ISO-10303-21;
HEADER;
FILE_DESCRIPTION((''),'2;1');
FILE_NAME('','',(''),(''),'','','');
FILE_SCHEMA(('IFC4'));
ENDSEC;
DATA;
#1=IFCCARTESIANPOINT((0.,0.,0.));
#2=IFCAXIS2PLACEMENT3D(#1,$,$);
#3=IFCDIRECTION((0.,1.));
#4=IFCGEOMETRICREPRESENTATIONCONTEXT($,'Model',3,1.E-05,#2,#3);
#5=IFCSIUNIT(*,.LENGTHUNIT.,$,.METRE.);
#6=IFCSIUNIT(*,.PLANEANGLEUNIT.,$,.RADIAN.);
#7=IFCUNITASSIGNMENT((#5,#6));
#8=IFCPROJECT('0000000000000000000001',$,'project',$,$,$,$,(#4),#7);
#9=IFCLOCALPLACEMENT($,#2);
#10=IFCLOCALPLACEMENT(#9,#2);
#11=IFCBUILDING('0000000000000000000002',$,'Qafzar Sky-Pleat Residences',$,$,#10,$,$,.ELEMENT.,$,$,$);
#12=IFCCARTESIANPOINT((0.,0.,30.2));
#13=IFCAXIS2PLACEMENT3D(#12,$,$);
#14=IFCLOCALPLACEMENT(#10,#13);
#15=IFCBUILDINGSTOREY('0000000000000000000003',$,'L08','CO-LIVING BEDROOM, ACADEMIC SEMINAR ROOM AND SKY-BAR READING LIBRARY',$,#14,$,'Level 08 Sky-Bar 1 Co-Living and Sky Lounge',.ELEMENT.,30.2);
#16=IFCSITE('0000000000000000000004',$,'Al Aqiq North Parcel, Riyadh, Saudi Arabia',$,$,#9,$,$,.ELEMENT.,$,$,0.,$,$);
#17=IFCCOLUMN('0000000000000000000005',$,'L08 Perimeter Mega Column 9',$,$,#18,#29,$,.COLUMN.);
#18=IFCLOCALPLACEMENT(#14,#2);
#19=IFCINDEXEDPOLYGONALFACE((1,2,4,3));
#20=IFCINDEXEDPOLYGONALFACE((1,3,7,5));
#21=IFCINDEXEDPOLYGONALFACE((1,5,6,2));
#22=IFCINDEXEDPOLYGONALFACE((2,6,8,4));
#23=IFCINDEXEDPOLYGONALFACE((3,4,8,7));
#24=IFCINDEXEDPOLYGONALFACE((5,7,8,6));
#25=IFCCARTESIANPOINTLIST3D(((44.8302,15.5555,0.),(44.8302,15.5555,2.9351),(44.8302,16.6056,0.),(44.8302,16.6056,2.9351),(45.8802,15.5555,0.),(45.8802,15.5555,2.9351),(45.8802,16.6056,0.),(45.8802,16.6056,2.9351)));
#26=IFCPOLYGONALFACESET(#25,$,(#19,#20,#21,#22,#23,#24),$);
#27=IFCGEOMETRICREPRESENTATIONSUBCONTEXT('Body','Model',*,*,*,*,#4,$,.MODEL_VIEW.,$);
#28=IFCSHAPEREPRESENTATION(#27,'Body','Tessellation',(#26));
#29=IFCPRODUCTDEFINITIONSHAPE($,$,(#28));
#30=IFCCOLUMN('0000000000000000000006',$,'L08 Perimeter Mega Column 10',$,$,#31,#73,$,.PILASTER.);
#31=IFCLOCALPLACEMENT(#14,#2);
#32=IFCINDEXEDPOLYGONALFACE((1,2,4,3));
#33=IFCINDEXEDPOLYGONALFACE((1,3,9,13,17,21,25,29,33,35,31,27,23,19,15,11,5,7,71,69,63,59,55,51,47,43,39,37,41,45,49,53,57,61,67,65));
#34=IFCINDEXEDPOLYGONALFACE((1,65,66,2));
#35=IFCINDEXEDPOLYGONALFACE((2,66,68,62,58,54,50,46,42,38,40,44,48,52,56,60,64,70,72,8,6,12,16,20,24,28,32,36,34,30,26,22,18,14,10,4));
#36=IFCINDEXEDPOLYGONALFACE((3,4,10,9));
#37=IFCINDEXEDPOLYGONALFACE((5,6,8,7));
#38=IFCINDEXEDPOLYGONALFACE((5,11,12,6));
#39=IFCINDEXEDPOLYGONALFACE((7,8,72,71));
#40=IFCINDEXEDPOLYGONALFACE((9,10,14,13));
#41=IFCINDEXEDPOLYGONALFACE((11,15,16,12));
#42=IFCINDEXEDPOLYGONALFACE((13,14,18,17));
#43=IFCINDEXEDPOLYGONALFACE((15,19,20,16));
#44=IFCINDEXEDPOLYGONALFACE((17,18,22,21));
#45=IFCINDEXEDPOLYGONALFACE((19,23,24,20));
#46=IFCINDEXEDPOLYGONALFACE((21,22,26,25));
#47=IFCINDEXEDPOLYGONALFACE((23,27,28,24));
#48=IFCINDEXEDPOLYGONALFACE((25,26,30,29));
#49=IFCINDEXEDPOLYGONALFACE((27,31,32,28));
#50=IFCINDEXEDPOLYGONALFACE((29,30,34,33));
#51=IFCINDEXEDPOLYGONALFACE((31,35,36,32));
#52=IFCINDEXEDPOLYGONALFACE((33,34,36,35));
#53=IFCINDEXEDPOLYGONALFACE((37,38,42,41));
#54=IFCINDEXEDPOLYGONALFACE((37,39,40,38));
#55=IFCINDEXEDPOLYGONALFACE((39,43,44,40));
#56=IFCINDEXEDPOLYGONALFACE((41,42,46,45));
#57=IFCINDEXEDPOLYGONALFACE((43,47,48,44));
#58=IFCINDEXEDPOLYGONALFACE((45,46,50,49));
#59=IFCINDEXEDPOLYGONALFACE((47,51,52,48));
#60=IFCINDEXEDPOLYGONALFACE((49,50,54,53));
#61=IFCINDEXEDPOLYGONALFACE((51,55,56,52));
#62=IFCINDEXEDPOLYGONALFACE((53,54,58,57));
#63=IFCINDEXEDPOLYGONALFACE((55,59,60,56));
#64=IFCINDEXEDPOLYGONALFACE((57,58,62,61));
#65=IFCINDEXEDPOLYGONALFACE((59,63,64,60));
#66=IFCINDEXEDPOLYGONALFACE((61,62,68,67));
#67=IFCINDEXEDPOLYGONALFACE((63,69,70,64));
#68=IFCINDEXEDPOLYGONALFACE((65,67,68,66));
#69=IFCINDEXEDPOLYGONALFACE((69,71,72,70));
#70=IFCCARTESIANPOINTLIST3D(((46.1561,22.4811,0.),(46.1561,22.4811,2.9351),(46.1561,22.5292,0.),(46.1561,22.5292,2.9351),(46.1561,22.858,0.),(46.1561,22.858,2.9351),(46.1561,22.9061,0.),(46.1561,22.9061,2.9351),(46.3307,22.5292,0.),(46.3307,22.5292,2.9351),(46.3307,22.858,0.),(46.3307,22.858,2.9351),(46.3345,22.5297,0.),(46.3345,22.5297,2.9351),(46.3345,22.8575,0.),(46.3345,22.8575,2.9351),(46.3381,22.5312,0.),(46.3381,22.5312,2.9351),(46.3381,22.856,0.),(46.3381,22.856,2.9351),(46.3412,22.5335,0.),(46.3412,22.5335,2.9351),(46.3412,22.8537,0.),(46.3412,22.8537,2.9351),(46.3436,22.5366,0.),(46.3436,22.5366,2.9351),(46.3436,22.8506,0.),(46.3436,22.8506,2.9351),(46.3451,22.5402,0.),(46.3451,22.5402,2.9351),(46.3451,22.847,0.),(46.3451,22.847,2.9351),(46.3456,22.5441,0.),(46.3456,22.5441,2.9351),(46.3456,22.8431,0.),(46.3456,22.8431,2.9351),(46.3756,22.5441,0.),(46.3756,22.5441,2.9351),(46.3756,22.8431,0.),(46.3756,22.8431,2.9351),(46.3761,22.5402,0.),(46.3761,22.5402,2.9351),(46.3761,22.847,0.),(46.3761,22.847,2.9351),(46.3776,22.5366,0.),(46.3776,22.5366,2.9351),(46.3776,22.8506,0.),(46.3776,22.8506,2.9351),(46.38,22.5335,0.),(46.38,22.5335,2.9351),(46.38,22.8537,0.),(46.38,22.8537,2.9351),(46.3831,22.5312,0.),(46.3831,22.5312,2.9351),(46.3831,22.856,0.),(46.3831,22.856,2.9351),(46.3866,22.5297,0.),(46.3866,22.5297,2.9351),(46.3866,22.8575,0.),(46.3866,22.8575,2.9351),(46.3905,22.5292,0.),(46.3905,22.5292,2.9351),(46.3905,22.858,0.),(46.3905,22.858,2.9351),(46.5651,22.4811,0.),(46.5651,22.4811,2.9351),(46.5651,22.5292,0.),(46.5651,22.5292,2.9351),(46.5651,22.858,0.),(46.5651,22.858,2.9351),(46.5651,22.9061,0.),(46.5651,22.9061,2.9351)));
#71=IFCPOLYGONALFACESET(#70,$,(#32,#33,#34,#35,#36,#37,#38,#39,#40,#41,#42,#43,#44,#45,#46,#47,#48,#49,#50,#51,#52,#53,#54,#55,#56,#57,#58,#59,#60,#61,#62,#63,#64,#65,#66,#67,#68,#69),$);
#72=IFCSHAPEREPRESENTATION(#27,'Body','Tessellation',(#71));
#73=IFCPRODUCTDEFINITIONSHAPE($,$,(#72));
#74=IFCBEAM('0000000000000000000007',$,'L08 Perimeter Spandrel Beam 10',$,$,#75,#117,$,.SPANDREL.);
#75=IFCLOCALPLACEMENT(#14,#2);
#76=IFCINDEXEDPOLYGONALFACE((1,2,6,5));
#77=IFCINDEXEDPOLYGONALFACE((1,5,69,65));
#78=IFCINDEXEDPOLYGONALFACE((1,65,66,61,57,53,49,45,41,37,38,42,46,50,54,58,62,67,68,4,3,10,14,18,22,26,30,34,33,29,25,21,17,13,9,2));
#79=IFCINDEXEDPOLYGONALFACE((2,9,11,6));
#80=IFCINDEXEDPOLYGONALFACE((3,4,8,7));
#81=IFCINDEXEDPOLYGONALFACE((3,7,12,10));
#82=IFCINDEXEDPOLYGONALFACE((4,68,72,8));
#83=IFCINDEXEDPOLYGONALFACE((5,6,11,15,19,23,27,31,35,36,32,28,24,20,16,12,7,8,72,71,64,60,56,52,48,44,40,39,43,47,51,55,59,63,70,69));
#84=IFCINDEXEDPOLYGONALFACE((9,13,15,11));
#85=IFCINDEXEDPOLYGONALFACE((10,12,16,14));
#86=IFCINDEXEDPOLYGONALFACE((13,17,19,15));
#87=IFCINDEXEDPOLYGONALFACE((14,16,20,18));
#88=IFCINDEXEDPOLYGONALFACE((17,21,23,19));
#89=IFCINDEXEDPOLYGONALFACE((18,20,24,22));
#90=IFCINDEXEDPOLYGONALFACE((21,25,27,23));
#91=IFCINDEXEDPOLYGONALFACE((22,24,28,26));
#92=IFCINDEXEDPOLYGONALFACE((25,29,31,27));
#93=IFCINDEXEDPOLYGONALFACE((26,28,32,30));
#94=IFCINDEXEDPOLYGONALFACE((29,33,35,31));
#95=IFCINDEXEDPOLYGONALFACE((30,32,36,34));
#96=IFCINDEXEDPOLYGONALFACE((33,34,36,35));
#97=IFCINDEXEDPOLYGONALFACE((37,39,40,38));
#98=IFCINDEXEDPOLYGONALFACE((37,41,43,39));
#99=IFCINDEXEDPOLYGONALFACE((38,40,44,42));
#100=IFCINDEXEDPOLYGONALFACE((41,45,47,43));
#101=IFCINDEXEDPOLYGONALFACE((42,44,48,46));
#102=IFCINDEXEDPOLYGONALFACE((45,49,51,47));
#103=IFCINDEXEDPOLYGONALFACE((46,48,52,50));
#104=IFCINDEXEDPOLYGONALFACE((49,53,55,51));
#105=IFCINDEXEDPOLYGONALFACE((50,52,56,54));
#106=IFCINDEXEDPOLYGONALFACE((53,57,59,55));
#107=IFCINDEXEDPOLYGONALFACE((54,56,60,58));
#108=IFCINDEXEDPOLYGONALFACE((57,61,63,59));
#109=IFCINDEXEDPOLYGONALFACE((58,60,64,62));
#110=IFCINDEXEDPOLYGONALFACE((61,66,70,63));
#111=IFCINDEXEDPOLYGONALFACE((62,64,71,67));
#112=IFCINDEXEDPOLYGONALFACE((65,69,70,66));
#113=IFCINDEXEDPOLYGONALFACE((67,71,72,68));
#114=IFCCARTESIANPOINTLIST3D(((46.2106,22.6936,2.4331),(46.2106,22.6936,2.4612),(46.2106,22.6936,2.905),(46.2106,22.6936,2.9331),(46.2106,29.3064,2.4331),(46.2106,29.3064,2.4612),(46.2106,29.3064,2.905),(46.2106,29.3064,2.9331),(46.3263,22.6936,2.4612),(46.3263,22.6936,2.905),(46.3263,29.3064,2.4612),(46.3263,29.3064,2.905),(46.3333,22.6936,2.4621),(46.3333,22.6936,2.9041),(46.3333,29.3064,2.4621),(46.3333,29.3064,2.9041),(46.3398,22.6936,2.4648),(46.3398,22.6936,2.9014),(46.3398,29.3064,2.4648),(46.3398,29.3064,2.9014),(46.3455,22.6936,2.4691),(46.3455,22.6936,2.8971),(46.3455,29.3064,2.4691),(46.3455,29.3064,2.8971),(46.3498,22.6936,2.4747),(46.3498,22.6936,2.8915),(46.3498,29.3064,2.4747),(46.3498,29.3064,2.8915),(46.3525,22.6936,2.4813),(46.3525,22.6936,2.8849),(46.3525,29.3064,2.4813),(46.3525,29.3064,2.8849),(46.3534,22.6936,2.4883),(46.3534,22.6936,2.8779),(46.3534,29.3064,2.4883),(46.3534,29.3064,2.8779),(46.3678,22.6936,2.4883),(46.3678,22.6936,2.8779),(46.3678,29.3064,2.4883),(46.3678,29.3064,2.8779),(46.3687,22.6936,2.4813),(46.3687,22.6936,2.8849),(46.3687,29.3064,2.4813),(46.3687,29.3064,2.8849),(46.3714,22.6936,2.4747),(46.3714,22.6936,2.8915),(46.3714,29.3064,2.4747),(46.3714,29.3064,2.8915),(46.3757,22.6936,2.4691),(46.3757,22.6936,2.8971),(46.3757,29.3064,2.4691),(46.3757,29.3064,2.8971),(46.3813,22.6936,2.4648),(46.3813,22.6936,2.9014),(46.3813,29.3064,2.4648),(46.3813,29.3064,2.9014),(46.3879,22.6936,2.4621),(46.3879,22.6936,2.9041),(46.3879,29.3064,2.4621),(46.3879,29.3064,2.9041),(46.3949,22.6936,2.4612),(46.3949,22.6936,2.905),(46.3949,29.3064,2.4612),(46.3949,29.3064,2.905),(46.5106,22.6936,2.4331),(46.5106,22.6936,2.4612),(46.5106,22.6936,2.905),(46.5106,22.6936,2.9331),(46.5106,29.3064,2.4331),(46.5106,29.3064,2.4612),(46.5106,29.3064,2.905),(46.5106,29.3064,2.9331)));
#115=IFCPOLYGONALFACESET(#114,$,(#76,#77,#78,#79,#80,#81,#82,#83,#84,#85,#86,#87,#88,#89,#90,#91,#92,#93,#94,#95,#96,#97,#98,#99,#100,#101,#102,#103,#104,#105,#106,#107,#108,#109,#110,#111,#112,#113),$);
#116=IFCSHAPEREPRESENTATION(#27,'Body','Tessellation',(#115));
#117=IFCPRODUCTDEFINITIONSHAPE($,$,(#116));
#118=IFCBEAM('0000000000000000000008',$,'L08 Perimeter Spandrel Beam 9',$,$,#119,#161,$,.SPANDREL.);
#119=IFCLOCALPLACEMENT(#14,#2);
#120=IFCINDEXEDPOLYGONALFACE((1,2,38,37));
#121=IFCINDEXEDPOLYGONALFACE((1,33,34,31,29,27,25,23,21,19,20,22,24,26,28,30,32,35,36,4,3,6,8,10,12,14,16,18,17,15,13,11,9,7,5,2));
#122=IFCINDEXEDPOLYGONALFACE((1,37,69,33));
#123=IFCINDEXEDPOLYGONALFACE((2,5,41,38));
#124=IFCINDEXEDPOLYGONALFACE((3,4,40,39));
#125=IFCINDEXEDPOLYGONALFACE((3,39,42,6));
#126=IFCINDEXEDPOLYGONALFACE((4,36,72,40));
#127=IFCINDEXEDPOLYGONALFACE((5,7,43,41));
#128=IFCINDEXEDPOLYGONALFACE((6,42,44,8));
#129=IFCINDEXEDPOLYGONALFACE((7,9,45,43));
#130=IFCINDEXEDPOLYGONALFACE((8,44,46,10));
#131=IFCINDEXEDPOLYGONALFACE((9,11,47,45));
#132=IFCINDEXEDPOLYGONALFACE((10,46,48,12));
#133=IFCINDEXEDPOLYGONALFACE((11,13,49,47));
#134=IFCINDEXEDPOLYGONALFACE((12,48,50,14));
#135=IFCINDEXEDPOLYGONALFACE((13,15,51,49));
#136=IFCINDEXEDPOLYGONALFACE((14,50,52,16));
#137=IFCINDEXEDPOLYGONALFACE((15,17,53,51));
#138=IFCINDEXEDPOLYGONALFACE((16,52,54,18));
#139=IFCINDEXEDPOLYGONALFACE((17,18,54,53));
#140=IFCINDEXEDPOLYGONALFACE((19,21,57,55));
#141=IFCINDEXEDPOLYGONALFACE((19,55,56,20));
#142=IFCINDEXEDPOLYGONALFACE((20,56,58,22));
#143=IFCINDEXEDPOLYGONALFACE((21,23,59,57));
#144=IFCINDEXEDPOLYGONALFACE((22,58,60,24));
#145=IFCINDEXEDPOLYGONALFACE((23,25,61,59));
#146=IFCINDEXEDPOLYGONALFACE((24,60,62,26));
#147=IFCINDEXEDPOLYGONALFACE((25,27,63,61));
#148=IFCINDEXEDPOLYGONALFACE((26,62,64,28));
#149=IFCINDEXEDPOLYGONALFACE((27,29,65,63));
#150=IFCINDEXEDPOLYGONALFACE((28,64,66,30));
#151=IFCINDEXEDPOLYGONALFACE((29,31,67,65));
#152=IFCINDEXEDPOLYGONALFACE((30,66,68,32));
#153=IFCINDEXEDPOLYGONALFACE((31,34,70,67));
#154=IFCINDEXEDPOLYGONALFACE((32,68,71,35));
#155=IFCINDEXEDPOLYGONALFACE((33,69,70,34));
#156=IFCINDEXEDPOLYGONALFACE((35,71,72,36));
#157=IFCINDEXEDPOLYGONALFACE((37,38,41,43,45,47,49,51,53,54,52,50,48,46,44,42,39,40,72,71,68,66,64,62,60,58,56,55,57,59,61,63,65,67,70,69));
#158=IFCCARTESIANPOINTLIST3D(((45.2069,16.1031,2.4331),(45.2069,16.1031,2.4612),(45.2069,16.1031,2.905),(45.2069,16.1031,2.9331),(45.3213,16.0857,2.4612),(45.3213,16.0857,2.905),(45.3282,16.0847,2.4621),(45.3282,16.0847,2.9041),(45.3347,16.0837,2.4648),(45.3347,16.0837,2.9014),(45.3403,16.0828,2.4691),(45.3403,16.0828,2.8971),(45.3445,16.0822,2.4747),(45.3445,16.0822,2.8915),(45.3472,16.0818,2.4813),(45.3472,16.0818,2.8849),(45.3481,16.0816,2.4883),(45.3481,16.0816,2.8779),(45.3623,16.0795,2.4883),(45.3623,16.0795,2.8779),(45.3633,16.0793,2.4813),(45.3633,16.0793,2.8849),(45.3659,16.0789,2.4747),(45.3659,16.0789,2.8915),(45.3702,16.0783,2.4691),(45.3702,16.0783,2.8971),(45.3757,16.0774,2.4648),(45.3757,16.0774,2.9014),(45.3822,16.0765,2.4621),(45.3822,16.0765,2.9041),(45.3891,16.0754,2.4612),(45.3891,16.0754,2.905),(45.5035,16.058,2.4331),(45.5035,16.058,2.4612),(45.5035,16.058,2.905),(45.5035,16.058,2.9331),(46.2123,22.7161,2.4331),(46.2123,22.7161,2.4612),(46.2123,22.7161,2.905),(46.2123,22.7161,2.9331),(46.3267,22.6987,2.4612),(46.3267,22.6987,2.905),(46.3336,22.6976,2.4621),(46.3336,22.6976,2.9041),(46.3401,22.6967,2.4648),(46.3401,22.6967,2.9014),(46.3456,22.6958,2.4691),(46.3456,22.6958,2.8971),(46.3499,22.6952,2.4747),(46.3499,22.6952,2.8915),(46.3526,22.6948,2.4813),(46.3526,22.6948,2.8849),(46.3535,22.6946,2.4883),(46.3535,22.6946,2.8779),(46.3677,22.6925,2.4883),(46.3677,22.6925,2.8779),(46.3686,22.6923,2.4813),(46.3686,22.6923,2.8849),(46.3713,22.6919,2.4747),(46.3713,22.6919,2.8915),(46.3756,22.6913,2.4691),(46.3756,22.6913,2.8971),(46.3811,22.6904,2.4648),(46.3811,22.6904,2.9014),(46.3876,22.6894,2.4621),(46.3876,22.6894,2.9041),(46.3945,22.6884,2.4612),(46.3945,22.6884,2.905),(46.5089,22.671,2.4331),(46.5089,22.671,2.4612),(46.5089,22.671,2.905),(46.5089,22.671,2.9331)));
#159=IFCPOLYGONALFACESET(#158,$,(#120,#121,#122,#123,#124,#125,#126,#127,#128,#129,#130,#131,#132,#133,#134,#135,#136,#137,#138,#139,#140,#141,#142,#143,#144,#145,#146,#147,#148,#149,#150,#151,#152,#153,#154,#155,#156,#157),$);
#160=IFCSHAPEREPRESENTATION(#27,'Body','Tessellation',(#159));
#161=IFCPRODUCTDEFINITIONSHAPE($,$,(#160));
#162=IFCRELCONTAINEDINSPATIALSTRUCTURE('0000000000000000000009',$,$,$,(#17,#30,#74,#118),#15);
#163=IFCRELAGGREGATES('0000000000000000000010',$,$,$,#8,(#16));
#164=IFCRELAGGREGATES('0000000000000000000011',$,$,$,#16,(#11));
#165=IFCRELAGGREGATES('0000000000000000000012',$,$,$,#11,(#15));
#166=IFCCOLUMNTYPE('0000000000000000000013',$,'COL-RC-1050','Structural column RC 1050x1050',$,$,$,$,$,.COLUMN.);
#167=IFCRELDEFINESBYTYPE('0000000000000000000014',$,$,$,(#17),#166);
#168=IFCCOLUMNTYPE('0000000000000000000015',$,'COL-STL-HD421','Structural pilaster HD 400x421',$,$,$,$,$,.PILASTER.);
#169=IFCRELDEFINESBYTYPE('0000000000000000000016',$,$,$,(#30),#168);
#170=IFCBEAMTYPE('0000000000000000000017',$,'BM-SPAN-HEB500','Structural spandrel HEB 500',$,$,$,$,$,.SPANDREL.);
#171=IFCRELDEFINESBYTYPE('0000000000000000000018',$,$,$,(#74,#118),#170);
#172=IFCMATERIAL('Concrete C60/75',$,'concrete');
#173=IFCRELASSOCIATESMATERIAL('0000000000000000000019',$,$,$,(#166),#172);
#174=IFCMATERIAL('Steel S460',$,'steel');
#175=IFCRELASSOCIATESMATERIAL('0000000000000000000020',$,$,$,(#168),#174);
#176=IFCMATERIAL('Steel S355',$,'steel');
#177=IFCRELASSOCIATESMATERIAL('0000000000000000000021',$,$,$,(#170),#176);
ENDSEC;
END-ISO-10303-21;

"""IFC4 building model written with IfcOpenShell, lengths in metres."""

from ifc_helpers import new_model, si_unit, direction, frame, origin, origin_2d, place, context, subcontext, project, spatial, rectangle, i_section, extrude, source, transform, mapped, material, material_profile, profile_set, type_object, element, save


model = new_model("IFC4")

# Units and contexts
model_context = context("Model", 3, precision=1e-05, world=origin(), true_north=direction((0.0, 1.0)))
body_context = subcontext(model_context, "Body", "Model", "MODEL_VIEW")
ifc_project = project(units=[si_unit("LENGTHUNIT", "METRE"), si_unit("PLANEANGLEUNIT", "RADIAN")], contexts=[model_context])

# Site, building, storey
site_placement = place(None, origin())
site = spatial("IfcSite", under=ifc_project, at=site_placement, Name="Al Aqiq North Parcel, Riyadh, Saudi Arabia", CompositionType="ELEMENT", RefElevation=0.0)
building_placement = place(site_placement, origin())
building = spatial("IfcBuilding", under=site, at=building_placement, Name="Qafzar Sky-Pleat Residences", CompositionType="ELEMENT")
storey_placement = place(building_placement, frame((0.0, 0.0, 30.2)))
storey = spatial("IfcBuildingStorey", under=building, at=storey_placement, Name="L08", Description="CO-LIVING BEDROOM, ACADEMIC SEMINAR ROOM AND SKY-BAR READING LIBRARY", LongName="Level 08 Sky-Bar 1 Co-Living and Sky Lounge", CompositionType="ELEMENT", Elevation=30.2)

# Columns
ifc_material_1 = material(Name="Concrete C60/75", Category="concrete")
ifc_material_profile_1 = material_profile(ifc_material_1, rectangle(XDim=1.05, YDim=1.05, at=origin_2d()), Name="RC 1050x1050")
ifc_profile_set_1 = profile_set([ifc_material_profile_1], Name="Concrete C60/75")
column_type_1 = type_object("IfcColumnType", Name="COL-RC-1050", Description="Structural column RC 1050x1050", PredefinedType="COLUMN", material=ifc_profile_set_1)
shared_shape_1 = source(origin(), body_context, "Body", "SweptSolid", [
    extrude(rectangle(XDim=1.05, YDim=1.05, at=origin_2d()), origin(), (0.0, 0.0, 1.0), 2.9351),
])
column_1_placement = place(storey_placement, frame((45.3552, 16.0806, 0.0), z_axis=(0.0, 0.0, 1.0), x_axis=(1.0, 0.0, 0.0)))
element("IfcColumn", 1, at=column_1_placement, inside=storey, type_object=column_type_1, Name="L08 Perimeter Mega Column 9", PredefinedType="COLUMN", context=body_context, shape_type="MappedRepresentation", body=[
    mapped(shared_shape_1, transform((0.0, 0.0, 0.0), x_axis=(1.0, 0.0, 0.0), y_axis=(0.0, 1.0, 0.0), z_axis=(0.0, 0.0, 1.0), scale=1.0)),
])
ifc_material_2 = material(Name="Steel S460", Category="steel")
ifc_material_profile_2 = material_profile(ifc_material_2, i_section(OverallWidth=0.4089, OverallDepth=0.425, WebThickness=0.03, FlangeThickness=0.0481, FilletRadius=0.0149, at=origin_2d()), Name="HD 400x421")
ifc_profile_set_2 = profile_set([ifc_material_profile_2], Name="Steel S460")
column_type_2 = type_object("IfcColumnType", Name="COL-STL-HD421", Description="Structural pilaster HD 400x421", PredefinedType="PILASTER", material=ifc_profile_set_2)
shared_shape_2 = source(origin(), body_context, "Body", "SweptSolid", [
    extrude(i_section(OverallWidth=0.4089, OverallDepth=0.425, WebThickness=0.03, FlangeThickness=0.0481, FilletRadius=0.0149, at=origin_2d()), origin(), (0.0, 0.0, 1.0), 2.9351),
])
column_2_placement = place(storey_placement, frame((46.3606, 22.6936, 0.0), z_axis=(0.0, 0.0, 1.0), x_axis=(1.0, 0.0, 0.0)))
element("IfcColumn", 2, at=column_2_placement, inside=storey, type_object=column_type_2, Name="L08 Perimeter Mega Column 10", PredefinedType="PILASTER", context=body_context, shape_type="MappedRepresentation", body=[
    mapped(shared_shape_2, transform((0.0, 0.0, 0.0), x_axis=(1.0, 0.0, 0.0), y_axis=(0.0, 1.0, 0.0), z_axis=(0.0, 0.0, 1.0), scale=1.0)),
])

# Beams
ifc_material_3 = material(Name="Steel S355", Category="steel")
ifc_material_profile_3 = material_profile(ifc_material_3, i_section(OverallWidth=0.3, OverallDepth=0.5, WebThickness=0.0144, FlangeThickness=0.0281, FilletRadius=0.0271, at=origin_2d()), Name="HEB 500")
ifc_profile_set_3 = profile_set([ifc_material_profile_3], Name="Steel S355")
beam_type_1 = type_object("IfcBeamType", Name="BM-SPAN-HEB500", Description="Structural spandrel HEB 500", PredefinedType="SPANDREL", material=ifc_profile_set_3)
shared_shape_3 = source(origin(), body_context, "Body", "SweptSolid", [
    extrude(i_section(OverallWidth=0.3, OverallDepth=0.5, WebThickness=0.0144, FlangeThickness=0.0281, FilletRadius=0.0271, at=origin_2d()), origin(), (0.0, 0.0, 1.0), 6.6128),
])
beam_1_placement = place(storey_placement, frame((46.3606, 22.6936, 2.6831), z_axis=(0.0, 1.0, 0.0), x_axis=(-1.0, 0.0, 0.0)))
element("IfcBeam", 3, at=beam_1_placement, inside=storey, type_object=beam_type_1, Name="L08 Perimeter Spandrel Beam 10", PredefinedType="SPANDREL", context=body_context, shape_type="MappedRepresentation", body=[
    mapped(shared_shape_3, transform((0.0, 0.0, 0.0), x_axis=(1.0, 0.0, 0.0), y_axis=(0.0, 1.0, 0.0), z_axis=(0.0, 0.0, 1.0), scale=1.0)),
])
shared_shape_4 = source(origin(), body_context, "Body", "SweptSolid", [
    extrude(i_section(OverallWidth=0.3, OverallDepth=0.5, WebThickness=0.0144, FlangeThickness=0.0281, FilletRadius=0.0271, at=origin_2d()), origin(), (0.0, 0.0, 1.0), 6.689),
])
beam_2_placement = place(storey_placement, frame((45.3552, 16.0806, 2.6831), z_axis=(0.150302, 0.98864, 0.0), x_axis=(-0.98864, 0.150302, 0.0)))
element("IfcBeam", 4, at=beam_2_placement, inside=storey, type_object=beam_type_1, Name="L08 Perimeter Spandrel Beam 9", PredefinedType="SPANDREL", context=body_context, shape_type="MappedRepresentation", body=[
    mapped(shared_shape_4, transform((0.0, 0.0, 0.0), x_axis=(1.0, 0.0, 0.0), y_axis=(0.0, 1.0, 0.0), z_axis=(0.0, 0.0, 1.0), scale=1.0)),
])

save(model, "model.ifc")
